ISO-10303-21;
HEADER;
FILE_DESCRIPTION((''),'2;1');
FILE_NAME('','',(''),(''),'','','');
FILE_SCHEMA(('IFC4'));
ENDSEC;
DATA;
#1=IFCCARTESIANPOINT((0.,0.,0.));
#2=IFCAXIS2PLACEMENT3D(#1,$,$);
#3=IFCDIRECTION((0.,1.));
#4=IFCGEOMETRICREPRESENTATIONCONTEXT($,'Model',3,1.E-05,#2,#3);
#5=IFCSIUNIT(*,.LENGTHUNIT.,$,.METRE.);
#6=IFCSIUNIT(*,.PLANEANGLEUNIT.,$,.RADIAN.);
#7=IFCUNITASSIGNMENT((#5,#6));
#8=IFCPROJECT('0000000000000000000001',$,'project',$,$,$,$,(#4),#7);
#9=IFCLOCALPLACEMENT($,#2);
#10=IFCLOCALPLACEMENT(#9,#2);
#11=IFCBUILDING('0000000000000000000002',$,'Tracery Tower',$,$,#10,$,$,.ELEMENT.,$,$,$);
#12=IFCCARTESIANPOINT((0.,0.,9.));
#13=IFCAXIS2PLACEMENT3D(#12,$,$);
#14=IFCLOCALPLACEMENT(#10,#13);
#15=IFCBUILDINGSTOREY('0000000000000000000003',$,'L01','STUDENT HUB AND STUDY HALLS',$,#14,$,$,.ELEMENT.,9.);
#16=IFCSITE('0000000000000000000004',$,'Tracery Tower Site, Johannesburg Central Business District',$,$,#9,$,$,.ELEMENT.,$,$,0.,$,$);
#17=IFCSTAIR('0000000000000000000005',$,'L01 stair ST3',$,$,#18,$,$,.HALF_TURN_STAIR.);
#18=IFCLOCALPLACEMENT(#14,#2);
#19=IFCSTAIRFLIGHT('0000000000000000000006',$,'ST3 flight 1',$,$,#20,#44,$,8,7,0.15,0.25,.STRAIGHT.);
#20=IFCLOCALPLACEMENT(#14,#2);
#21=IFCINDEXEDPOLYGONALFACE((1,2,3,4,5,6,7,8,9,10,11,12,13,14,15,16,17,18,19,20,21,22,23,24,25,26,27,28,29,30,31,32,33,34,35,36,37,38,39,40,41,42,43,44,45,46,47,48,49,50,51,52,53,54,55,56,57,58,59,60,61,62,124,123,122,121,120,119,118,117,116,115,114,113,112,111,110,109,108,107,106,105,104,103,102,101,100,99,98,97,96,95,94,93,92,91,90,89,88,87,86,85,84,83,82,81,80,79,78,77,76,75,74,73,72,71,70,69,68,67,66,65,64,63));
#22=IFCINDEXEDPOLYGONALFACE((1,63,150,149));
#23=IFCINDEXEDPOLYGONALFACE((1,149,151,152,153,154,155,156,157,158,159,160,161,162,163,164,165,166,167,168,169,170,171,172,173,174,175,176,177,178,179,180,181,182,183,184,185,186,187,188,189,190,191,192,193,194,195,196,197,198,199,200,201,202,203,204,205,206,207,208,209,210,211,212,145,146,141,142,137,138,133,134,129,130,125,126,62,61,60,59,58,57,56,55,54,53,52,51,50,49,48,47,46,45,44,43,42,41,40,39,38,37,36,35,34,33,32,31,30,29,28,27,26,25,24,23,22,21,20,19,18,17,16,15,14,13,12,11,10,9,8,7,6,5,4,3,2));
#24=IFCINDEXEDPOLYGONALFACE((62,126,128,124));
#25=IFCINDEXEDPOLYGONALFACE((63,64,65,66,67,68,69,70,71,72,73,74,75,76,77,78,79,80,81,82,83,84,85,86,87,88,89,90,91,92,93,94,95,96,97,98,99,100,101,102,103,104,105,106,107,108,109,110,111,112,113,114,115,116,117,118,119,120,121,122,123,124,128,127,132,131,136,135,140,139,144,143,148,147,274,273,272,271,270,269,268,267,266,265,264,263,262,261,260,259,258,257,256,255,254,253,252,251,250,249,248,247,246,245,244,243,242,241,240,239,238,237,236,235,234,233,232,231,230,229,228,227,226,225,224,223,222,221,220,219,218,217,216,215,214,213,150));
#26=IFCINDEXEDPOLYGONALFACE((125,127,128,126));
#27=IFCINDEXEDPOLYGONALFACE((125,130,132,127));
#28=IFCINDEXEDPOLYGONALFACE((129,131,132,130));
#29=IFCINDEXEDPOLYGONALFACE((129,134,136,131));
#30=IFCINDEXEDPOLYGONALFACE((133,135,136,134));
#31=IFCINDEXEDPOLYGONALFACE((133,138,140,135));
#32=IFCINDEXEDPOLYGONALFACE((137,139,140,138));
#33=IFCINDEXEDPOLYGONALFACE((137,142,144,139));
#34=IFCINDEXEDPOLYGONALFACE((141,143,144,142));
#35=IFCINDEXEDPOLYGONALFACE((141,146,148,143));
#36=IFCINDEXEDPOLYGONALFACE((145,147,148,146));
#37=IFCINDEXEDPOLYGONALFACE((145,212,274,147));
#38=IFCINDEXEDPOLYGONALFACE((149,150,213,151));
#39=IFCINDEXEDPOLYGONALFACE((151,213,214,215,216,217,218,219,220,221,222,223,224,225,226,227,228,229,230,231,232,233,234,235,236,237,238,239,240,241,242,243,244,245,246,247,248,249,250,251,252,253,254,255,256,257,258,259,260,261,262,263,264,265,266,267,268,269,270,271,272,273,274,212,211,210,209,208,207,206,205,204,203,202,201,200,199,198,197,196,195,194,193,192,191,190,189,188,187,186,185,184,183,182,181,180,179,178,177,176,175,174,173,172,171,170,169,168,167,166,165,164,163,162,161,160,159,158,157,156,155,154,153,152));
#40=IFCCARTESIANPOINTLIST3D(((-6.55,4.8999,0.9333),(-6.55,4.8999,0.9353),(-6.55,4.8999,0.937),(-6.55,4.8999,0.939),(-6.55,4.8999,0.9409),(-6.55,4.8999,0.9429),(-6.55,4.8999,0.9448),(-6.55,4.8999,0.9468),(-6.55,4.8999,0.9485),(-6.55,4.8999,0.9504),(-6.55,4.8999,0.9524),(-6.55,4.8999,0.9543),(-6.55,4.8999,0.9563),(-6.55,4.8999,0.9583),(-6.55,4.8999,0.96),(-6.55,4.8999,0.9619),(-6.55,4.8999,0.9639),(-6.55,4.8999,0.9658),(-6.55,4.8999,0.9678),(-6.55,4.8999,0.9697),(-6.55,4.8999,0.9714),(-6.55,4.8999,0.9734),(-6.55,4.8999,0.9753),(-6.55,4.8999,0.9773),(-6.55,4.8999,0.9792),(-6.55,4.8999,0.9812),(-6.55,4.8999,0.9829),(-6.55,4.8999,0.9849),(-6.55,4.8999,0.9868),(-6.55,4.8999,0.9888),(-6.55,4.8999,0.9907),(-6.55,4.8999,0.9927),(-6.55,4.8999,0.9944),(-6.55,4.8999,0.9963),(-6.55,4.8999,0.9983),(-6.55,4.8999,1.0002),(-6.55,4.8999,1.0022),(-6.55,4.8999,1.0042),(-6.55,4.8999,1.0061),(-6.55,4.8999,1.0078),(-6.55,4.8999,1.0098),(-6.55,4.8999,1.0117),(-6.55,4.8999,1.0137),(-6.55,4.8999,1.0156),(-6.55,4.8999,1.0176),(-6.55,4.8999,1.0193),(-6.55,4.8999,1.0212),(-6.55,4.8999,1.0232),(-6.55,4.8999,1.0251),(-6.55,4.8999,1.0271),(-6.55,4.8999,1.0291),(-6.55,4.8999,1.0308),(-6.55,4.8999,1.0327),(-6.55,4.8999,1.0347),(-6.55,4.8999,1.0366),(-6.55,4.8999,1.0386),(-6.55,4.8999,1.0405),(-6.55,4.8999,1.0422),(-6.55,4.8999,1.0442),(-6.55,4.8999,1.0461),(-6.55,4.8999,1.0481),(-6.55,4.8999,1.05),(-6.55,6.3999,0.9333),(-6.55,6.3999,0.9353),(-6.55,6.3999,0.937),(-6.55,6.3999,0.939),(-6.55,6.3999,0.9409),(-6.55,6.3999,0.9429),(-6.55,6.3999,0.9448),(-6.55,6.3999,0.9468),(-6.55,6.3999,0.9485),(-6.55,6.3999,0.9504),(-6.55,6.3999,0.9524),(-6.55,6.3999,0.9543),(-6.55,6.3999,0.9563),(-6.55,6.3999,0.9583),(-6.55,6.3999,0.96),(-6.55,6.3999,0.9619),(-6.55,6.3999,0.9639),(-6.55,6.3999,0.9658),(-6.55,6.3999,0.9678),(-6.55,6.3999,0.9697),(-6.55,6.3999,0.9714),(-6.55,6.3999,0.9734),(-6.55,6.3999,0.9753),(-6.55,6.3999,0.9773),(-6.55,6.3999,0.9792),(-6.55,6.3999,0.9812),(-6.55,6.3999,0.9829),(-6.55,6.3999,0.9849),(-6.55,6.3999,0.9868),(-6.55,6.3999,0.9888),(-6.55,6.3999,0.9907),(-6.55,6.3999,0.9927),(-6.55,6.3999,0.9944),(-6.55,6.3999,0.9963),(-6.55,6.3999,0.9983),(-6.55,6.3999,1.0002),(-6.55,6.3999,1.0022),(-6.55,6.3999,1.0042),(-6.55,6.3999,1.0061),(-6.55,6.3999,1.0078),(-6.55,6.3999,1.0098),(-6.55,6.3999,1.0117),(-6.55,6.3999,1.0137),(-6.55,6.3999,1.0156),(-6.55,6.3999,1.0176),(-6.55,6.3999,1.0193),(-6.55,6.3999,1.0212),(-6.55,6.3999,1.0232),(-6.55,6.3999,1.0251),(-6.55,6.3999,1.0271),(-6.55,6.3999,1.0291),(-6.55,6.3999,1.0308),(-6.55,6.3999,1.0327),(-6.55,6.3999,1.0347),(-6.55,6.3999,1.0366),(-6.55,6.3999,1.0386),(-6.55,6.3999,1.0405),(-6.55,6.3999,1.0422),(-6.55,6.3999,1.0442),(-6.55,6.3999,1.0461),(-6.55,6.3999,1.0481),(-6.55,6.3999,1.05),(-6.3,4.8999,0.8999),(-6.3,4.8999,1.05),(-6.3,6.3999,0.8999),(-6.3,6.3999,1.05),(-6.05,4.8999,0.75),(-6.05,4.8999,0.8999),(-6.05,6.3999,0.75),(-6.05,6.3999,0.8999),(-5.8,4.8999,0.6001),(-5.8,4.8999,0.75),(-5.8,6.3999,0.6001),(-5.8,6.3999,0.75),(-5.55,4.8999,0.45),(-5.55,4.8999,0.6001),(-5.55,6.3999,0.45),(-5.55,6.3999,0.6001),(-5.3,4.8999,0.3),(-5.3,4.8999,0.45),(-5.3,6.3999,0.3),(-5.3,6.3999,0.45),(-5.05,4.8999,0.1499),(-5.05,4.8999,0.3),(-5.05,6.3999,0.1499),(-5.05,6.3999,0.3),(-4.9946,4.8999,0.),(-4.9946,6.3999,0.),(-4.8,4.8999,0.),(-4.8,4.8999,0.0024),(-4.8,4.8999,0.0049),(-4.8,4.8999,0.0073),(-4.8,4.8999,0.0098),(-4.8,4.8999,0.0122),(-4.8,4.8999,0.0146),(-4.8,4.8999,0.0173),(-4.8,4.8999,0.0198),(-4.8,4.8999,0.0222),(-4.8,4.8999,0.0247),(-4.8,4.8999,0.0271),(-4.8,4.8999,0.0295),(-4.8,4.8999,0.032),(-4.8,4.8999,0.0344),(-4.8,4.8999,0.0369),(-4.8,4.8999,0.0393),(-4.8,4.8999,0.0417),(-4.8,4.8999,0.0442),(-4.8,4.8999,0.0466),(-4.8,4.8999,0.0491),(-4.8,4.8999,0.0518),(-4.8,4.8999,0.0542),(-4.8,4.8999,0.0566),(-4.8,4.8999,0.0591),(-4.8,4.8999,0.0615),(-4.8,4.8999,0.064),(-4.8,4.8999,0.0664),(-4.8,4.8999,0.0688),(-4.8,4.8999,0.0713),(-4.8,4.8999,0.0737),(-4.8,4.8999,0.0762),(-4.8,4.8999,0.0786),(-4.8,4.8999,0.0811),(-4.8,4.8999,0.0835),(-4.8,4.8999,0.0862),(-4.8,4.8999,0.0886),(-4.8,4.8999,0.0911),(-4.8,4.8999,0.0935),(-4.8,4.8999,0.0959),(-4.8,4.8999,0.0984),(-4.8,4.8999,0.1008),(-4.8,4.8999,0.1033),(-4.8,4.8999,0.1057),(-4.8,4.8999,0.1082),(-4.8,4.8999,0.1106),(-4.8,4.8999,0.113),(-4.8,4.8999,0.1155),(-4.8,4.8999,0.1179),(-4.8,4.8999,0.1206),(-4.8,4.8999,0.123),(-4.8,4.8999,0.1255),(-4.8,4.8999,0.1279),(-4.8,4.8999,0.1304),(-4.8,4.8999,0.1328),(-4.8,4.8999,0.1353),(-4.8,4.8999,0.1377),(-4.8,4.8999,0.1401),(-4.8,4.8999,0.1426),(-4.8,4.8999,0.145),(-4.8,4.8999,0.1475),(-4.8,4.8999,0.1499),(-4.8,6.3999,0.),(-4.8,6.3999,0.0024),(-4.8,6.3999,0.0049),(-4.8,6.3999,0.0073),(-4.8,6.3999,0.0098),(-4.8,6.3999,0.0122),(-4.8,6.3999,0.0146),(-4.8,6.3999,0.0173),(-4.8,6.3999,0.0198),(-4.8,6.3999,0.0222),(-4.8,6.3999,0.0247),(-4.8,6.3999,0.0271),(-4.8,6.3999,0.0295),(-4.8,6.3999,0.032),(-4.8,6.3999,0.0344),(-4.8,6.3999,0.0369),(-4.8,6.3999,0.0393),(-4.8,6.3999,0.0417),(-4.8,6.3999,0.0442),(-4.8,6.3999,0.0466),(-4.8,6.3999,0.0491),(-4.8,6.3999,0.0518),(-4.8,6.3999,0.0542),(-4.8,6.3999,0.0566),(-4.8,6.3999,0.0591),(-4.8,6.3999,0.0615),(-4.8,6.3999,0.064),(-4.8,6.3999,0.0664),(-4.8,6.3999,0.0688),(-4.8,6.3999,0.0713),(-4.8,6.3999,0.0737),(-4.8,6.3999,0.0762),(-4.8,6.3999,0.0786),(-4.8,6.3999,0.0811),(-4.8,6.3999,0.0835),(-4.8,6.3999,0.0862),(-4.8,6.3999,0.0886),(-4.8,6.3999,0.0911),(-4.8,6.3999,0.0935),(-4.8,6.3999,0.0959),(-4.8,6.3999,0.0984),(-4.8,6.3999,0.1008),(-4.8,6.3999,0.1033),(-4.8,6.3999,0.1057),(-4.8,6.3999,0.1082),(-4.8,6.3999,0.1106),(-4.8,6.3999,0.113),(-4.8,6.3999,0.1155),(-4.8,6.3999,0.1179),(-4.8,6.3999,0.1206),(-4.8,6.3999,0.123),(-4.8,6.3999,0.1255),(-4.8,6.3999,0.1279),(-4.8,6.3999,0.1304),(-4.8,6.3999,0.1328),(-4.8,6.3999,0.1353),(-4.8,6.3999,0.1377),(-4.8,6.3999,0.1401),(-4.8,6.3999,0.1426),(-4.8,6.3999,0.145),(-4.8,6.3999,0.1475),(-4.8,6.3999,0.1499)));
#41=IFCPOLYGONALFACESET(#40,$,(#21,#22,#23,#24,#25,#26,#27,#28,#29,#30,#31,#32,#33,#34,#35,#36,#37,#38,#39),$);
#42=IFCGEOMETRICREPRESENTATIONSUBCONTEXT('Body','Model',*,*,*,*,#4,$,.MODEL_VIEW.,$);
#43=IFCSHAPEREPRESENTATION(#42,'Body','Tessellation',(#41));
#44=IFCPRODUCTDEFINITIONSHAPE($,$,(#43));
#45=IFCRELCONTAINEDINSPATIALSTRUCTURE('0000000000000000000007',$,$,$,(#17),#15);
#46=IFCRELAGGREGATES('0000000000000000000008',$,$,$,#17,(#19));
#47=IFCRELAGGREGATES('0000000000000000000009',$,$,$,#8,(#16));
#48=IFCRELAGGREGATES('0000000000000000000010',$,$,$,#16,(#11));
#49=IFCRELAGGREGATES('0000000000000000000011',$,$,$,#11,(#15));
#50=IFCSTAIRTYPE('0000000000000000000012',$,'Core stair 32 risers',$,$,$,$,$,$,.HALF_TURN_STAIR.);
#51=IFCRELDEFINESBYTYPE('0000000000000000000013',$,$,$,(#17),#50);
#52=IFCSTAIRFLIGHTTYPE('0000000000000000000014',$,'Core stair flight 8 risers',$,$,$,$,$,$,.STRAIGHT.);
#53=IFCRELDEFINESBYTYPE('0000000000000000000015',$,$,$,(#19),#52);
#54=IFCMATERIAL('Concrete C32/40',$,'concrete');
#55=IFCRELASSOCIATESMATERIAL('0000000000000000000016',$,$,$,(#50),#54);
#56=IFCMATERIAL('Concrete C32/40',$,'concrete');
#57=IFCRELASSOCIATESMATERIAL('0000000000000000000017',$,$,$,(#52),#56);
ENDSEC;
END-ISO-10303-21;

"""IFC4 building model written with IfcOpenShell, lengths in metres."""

from ifc_helpers import new_model, si_unit, direction, frame, origin, place, context, subcontext, project, spatial, polyline, outline, extrude, material, type_object, element, aggregate, save


model = new_model("IFC4")

# Units and contexts
model_context = context("Model", 3, precision=1e-05, world=origin(), true_north=direction((0.0, 1.0)))
body_context = subcontext(model_context, "Body", "Model", "MODEL_VIEW")
ifc_project = project(units=[si_unit("LENGTHUNIT", "METRE"), si_unit("PLANEANGLEUNIT", "RADIAN")], contexts=[model_context])

# Site, building, storey
site_placement = place(None, origin())
site = spatial("IfcSite", under=ifc_project, at=site_placement, Name="Tracery Tower Site, Johannesburg Central Business District", CompositionType="ELEMENT", RefElevation=0.0)
building_placement = place(site_placement, origin())
building = spatial("IfcBuilding", under=site, at=building_placement, Name="Tracery Tower", CompositionType="ELEMENT")
storey_placement = place(building_placement, frame((0.0, 0.0, 9.0)))
storey = spatial("IfcBuildingStorey", under=building, at=storey_placement, Name="L01", Description="STUDENT HUB AND STUDY HALLS", CompositionType="ELEMENT", Elevation=9.0)

# Stair, stair flight
ifc_material_1 = material(Name="Concrete C32/40", Category="concrete")
stair_type = type_object("IfcStairType", Name="Core stair 32 risers", PredefinedType="HALF_TURN_STAIR", material=ifc_material_1)
stair_placement = place(storey_placement, origin())
stair = element("IfcStair", 1, at=stair_placement, inside=storey, type_object=stair_type, Name="L01 stair ST3", PredefinedType="HALF_TURN_STAIR")
ifc_material_2 = material(Name="Concrete C32/40", Category="concrete")
stair_flight_type = type_object("IfcStairFlightType", Name="Core stair flight 8 risers", PredefinedType="STRAIGHT", material=ifc_material_2)
stair_flight_1_placement = place(storey_placement, frame((-4.8, 5.6499, 0.0), z_axis=(0.0, 0.0, 1.0), x_axis=(-1.0, 0.0, 0.0)))
stair_flight_1 = element("IfcStairFlight", 2, at=stair_flight_1_placement, type_object=stair_flight_type, Name="ST3 flight 1", NumberOfRisers=8, NumberOfTreads=7, PredefinedType="STRAIGHT", RiserHeight=0.15, TreadLength=0.25, context=body_context, shape_type="SweptSolid", body=[
    extrude(outline(polyline([(0.0, 0.0), (0.0, 0.0024), (0.0, 0.0049), (0.0, 0.0073), (0.0, 0.0098), (0.0, 0.0122), (0.0, 0.0146), (0.0, 0.0173), (0.0, 0.0198), (0.0, 0.0222), (0.0, 0.0247), (0.0, 0.0271), (0.0, 0.0295), (0.0, 0.032), (0.0, 0.0344), (0.0, 0.0369), (0.0, 0.0393), (0.0, 0.0417), (0.0, 0.0442), (0.0, 0.0466), (0.0, 0.0491), (0.0, 0.0518), (0.0, 0.0542), (0.0, 0.0566), (0.0, 0.0591), (0.0, 0.0615), (0.0, 0.064), (0.0, 0.0664), (0.0, 0.0688), (0.0, 0.0713), (0.0, 0.0737), (0.0, 0.0762), (0.0, 0.0786), (0.0, 0.0811), (0.0, 0.0835), (0.0, 0.0862), (0.0, 0.0886), (0.0, 0.0911), (0.0, 0.0935), (0.0, 0.0959), (0.0, 0.0984), (0.0, 0.1008), (0.0, 0.1033), (0.0, 0.1057), (0.0, 0.1082), (0.0, 0.1106), (0.0, 0.113), (0.0, 0.1155), (0.0, 0.1179), (0.0, 0.1206), (0.0, 0.123), (0.0, 0.1255), (0.0, 0.1279), (0.0, 0.1304), (0.0, 0.1328), (0.0, 0.1353), (0.0, 0.1377), (0.0, 0.1401), (0.0, 0.1426), (0.0, 0.145), (0.0, 0.1475), (0.0, 0.1499), (0.25, 0.1499), (0.25, 0.3), (0.5, 0.3), (0.5, 0.45), (0.75, 0.45), (0.75, 0.6001), (1.0, 0.6001), (1.0, 0.75), (1.25, 0.75), (1.25, 0.8999), (1.5, 0.8999), (1.5, 1.05), (1.75, 1.05), (1.75, 1.0481), (1.75, 1.0461), (1.75, 1.0442), (1.75, 1.0422), (1.75, 1.0405), (1.75, 1.0386), (1.75, 1.0366), (1.75, 1.0347), (1.75, 1.0327), (1.75, 1.0308), (1.75, 1.0291), (1.75, 1.0271), (1.75, 1.0251), (1.75, 1.0232), (1.75, 1.0212), (1.75, 1.0193), (1.75, 1.0176), (1.75, 1.0156), (1.75, 1.0137), (1.75, 1.0117), (1.75, 1.0098), (1.75, 1.0078), (1.75, 1.0061), (1.75, 1.0042), (1.75, 1.0022), (1.75, 1.0002), (1.75, 0.9983), (1.75, 0.9963), (1.75, 0.9944), (1.75, 0.9927), (1.75, 0.9907), (1.75, 0.9888), (1.75, 0.9868), (1.75, 0.9849), (1.75, 0.9829), (1.75, 0.9812), (1.75, 0.9792), (1.75, 0.9773), (1.75, 0.9753), (1.75, 0.9734), (1.75, 0.9714), (1.75, 0.9697), (1.75, 0.9678), (1.75, 0.9658), (1.75, 0.9639), (1.75, 0.9619), (1.75, 0.96), (1.75, 0.9583), (1.75, 0.9563), (1.75, 0.9543), (1.75, 0.9524), (1.75, 0.9504), (1.75, 0.9485), (1.75, 0.9468), (1.75, 0.9448), (1.75, 0.9429), (1.75, 0.9409), (1.75, 0.939), (1.75, 0.937), (1.75, 0.9353), (1.75, 0.9333), (0.1946, 0.0), (0.0, 0.0)])), frame((0.0, 0.75, 0.0), z_axis=(0.0, -1.0, 0.0), x_axis=(1.0, 0.0, 0.0)), (0.0, 0.0, 1.0), 1.5),
])
aggregate(stair, [stair_flight_1])

save(model, "model.ifc")
